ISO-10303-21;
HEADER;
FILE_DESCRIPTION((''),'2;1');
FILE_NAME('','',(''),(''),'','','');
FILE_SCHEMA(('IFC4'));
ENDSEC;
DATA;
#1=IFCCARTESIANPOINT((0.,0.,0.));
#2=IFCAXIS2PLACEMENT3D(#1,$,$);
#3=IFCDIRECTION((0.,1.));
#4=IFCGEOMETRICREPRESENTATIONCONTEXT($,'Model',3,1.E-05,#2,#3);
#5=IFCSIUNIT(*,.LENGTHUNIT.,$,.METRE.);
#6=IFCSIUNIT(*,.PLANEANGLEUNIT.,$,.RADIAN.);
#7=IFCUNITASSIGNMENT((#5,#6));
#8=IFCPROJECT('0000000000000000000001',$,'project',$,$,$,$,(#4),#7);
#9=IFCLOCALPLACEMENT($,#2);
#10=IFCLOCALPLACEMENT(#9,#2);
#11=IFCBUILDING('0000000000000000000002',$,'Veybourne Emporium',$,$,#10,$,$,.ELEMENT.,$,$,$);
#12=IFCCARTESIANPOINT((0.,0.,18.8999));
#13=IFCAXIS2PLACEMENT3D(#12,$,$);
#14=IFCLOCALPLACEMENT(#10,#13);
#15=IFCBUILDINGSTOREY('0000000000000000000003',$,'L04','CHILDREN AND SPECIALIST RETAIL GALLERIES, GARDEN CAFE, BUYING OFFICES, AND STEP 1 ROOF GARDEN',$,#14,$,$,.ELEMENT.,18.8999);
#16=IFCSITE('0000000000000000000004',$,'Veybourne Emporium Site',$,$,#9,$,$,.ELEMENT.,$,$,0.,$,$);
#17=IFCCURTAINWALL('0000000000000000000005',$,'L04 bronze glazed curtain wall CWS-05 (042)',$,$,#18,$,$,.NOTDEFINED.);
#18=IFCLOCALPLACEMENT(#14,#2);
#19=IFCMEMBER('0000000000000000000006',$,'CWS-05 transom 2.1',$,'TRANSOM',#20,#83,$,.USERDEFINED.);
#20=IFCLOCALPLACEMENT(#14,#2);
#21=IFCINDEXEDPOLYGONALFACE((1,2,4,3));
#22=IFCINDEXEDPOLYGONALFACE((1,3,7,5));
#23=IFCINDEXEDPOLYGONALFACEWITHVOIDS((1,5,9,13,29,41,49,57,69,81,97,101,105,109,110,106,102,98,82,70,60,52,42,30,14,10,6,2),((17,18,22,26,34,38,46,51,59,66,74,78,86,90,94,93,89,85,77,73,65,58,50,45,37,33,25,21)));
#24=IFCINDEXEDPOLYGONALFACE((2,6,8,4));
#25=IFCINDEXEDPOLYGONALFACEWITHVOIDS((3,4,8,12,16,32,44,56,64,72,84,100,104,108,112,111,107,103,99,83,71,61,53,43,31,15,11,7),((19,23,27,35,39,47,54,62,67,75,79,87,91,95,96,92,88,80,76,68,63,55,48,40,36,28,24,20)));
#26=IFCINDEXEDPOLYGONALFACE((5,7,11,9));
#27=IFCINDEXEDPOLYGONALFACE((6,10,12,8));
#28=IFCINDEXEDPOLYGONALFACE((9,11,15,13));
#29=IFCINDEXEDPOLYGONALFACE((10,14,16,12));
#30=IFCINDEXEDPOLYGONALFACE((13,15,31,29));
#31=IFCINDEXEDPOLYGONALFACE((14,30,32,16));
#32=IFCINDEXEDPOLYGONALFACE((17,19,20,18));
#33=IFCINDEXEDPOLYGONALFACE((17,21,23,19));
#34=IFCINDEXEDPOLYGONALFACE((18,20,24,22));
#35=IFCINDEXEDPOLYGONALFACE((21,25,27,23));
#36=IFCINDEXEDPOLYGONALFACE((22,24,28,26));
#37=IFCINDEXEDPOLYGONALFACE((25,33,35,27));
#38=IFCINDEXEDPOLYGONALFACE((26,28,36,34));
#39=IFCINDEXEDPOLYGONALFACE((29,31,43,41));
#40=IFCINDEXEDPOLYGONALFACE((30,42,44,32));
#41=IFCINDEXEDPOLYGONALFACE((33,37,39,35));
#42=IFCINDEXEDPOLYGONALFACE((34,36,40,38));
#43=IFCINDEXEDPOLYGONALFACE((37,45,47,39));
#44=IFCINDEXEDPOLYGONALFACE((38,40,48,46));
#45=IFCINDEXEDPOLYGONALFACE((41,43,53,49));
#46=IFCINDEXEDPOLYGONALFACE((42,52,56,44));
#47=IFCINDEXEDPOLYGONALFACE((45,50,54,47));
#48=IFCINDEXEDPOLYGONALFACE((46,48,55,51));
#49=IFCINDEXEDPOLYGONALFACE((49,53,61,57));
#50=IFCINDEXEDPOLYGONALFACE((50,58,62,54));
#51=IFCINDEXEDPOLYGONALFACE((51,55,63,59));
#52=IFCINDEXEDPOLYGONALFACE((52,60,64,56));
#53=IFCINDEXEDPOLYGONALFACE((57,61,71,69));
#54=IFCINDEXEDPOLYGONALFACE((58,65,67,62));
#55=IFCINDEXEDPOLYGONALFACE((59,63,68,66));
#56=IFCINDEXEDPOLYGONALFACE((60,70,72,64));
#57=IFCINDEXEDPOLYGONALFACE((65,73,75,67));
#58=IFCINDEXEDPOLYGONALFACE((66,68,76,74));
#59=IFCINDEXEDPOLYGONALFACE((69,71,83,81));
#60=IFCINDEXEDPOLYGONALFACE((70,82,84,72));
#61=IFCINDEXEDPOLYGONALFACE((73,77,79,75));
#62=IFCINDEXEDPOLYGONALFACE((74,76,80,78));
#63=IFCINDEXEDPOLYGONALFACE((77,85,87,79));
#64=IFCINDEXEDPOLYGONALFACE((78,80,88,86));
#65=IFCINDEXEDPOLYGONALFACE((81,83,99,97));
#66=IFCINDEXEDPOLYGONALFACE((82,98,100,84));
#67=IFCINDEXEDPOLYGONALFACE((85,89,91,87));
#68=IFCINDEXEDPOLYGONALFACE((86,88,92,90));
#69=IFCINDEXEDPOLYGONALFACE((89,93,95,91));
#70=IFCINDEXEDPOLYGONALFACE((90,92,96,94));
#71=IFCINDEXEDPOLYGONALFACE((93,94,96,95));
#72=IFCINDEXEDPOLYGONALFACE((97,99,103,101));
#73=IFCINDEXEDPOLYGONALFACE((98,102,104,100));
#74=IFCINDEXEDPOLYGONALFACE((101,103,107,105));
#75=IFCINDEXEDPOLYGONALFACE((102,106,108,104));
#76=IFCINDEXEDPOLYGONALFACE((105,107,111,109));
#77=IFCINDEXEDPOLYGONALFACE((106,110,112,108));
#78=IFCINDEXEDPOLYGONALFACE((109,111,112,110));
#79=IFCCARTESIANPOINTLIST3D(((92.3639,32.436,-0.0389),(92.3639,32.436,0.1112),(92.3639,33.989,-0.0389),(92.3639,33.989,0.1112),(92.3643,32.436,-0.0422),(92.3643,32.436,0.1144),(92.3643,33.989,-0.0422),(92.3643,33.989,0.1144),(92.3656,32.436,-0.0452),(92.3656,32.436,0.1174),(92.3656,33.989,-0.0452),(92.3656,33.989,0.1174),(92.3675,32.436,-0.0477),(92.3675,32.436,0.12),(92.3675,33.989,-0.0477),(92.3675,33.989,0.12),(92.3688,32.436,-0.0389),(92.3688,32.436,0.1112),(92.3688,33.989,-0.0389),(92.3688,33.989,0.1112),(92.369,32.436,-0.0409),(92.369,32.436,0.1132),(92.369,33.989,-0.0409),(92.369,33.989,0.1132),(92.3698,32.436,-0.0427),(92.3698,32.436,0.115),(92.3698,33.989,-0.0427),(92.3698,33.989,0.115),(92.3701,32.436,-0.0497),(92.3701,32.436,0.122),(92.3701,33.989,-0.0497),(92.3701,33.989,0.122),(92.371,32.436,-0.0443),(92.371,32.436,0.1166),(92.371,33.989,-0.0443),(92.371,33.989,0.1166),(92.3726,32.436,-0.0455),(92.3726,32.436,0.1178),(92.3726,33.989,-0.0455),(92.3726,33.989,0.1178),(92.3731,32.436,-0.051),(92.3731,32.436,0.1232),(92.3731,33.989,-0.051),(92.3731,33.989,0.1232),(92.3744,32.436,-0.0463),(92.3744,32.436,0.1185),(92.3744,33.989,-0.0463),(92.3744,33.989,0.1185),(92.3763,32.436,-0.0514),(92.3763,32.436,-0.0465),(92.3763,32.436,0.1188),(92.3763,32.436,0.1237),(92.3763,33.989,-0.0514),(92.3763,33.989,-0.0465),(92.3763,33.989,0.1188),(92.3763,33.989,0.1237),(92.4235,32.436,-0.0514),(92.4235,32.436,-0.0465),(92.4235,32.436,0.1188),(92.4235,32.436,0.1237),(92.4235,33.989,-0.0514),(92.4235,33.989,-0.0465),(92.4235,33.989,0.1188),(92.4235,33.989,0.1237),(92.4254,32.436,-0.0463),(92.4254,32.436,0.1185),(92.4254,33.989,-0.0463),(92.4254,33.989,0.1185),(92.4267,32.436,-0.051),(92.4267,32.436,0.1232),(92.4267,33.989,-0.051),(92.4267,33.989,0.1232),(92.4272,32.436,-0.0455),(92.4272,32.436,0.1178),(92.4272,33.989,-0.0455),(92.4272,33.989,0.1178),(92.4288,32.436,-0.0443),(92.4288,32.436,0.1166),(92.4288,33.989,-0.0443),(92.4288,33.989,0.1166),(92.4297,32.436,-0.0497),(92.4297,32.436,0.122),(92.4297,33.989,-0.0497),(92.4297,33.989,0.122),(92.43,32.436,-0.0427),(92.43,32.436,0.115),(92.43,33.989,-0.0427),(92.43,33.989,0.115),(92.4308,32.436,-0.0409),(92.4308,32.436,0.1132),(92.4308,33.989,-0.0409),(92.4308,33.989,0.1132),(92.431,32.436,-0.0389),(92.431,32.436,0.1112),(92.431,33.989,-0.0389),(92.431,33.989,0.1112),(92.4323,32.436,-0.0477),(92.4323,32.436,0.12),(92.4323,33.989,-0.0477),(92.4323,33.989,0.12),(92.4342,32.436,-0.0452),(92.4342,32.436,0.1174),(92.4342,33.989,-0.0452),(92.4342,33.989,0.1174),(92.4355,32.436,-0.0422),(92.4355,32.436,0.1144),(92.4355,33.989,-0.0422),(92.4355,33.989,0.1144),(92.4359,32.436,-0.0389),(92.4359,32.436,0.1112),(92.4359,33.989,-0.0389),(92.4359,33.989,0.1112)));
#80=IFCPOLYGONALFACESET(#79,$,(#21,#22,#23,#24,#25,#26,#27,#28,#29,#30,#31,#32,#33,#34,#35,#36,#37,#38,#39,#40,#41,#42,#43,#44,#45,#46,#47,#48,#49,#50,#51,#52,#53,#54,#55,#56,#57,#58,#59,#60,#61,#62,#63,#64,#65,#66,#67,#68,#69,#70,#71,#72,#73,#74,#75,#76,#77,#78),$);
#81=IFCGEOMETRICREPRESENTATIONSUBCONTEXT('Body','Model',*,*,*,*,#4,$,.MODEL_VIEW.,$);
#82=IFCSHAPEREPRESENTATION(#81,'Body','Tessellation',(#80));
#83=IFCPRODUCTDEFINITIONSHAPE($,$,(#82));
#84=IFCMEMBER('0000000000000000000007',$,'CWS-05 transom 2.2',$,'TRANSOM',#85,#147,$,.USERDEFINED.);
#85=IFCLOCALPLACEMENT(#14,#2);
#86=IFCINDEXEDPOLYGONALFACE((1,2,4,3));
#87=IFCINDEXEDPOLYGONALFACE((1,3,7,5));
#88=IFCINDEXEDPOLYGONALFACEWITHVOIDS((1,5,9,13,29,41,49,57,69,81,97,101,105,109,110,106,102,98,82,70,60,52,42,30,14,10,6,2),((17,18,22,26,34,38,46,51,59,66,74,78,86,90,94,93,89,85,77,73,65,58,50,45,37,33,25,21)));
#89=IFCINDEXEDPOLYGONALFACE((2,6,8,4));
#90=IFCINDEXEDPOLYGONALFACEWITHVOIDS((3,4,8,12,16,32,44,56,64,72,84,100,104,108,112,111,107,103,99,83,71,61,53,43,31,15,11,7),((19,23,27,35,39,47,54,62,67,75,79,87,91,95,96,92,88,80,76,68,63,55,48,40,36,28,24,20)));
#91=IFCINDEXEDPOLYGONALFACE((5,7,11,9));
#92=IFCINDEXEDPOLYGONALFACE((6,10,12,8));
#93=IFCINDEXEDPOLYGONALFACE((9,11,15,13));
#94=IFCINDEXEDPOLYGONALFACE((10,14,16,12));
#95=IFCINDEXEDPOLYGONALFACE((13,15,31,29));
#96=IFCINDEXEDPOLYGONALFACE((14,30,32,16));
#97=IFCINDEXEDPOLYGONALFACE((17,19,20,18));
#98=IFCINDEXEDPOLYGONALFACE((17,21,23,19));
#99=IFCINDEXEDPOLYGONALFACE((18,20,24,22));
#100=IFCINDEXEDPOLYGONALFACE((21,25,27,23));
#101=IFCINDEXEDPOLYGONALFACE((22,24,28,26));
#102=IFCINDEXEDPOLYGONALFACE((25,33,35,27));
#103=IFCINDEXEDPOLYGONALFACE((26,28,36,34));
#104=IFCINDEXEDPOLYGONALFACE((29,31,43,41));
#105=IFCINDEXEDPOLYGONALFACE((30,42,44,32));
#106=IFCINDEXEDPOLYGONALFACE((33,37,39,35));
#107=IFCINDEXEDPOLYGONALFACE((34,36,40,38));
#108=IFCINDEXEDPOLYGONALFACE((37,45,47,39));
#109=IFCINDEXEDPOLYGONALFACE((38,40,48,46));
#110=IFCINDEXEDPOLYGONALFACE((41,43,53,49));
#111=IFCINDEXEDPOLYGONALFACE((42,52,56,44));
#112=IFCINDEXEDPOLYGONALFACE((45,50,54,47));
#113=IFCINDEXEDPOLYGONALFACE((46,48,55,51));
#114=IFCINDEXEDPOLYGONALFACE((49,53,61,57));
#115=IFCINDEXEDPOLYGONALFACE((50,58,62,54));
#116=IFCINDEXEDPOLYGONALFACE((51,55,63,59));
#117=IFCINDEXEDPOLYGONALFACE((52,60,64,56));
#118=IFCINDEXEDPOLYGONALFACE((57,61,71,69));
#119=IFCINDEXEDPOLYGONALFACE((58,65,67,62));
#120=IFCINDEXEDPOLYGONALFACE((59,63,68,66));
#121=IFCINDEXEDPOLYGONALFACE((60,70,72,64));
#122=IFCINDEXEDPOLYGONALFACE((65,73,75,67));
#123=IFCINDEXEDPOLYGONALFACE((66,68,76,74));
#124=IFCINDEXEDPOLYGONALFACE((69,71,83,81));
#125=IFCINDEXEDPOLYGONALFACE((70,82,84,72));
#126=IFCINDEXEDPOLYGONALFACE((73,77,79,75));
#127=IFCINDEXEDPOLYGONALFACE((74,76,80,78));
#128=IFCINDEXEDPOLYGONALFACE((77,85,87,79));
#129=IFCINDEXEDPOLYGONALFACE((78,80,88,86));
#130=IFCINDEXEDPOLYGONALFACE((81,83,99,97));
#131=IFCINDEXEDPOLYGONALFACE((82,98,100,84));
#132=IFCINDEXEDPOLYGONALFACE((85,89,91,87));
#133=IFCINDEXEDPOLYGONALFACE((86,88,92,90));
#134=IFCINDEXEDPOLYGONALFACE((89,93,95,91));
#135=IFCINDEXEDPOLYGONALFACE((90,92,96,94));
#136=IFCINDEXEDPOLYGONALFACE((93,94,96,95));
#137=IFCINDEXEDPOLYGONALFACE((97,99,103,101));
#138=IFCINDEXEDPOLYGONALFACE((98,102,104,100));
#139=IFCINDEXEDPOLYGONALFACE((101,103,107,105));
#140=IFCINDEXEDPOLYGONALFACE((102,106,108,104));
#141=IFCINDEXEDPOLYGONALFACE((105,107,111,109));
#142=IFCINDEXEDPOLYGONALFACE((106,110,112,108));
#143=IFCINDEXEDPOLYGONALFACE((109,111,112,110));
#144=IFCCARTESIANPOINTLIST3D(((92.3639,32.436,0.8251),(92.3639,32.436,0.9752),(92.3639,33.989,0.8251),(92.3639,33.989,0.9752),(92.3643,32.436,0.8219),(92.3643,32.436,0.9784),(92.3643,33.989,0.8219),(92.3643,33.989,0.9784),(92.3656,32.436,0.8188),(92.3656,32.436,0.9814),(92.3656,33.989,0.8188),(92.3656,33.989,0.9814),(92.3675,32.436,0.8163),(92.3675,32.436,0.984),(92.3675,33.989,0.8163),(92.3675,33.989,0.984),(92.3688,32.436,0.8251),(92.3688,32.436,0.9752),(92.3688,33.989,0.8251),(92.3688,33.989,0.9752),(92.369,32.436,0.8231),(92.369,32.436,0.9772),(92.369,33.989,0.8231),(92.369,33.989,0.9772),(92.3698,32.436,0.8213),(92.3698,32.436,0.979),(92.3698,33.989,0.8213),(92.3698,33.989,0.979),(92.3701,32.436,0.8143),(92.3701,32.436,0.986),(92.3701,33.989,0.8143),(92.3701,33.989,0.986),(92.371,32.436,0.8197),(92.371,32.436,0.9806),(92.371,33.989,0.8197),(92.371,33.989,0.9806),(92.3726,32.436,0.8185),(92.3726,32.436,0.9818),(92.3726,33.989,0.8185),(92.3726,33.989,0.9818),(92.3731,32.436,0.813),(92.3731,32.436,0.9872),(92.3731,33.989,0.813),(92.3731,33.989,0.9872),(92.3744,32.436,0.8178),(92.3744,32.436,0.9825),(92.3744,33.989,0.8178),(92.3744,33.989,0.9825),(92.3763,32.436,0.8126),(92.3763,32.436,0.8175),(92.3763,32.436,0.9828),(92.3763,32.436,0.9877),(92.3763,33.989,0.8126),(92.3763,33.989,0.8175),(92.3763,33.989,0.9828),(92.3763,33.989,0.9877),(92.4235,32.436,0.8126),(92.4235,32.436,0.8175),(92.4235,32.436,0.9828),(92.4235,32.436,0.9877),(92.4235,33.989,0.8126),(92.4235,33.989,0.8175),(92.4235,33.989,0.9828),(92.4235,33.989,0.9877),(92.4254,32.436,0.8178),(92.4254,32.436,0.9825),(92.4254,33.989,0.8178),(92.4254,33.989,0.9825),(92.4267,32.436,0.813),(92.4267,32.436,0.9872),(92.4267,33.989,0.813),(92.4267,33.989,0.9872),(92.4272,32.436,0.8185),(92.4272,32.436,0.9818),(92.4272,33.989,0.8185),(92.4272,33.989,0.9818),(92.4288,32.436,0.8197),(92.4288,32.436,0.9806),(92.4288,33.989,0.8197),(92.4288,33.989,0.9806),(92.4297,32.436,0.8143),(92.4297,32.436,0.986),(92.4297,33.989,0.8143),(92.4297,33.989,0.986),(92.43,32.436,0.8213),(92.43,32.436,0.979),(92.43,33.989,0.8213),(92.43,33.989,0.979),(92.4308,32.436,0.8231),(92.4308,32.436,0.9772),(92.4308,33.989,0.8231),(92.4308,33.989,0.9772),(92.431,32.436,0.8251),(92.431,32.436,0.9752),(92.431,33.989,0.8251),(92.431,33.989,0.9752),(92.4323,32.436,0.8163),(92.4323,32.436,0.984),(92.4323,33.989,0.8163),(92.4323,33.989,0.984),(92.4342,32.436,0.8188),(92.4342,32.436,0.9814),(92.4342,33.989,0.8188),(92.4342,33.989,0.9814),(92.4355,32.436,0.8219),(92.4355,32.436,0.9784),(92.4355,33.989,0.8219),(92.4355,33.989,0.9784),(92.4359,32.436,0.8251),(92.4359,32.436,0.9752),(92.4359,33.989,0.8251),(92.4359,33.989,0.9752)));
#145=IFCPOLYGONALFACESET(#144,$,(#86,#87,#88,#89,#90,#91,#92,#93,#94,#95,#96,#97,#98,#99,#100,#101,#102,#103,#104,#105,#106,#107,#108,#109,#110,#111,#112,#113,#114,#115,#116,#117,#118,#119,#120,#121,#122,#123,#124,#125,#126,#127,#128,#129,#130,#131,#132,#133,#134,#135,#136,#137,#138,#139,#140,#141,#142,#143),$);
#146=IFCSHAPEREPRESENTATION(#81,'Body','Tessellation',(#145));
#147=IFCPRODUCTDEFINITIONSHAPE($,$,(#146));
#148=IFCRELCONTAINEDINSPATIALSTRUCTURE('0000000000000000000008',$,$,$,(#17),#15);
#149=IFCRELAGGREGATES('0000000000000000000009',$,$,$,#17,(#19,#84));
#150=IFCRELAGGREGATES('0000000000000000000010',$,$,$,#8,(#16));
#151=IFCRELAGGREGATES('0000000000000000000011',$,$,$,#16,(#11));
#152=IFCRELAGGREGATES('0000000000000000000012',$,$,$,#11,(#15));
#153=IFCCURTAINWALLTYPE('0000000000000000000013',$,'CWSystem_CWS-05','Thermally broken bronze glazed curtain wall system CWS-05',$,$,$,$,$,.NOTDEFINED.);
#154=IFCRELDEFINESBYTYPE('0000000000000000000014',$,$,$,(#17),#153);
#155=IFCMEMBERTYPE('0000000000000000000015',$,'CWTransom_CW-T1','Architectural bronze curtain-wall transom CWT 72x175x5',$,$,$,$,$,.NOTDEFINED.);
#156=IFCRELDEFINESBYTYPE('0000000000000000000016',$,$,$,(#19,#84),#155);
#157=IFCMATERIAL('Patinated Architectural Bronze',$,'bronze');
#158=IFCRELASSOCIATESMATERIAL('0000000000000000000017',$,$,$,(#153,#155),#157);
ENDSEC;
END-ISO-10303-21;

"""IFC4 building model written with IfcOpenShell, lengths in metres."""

from ifc_helpers import new_model, si_unit, direction, frame, origin, origin_2d, place, context, subcontext, project, spatial, hollow_rectangle, extrude, material, material_profile, profile_set, type_object, element, aggregate, save


model = new_model("IFC4")

# Units and contexts
model_context = context("Model", 3, precision=1e-05, world=origin(), true_north=direction((0.0, 1.0)))
body_context = subcontext(model_context, "Body", "Model", "MODEL_VIEW")
ifc_project = project(units=[si_unit("LENGTHUNIT", "METRE"), si_unit("PLANEANGLEUNIT", "RADIAN")], contexts=[model_context])

# Site, building, storey
site_placement = place(None, origin())
site = spatial("IfcSite", under=ifc_project, at=site_placement, Name="Veybourne Emporium Site", CompositionType="ELEMENT", RefElevation=0.0)
building_placement = place(site_placement, origin())
building = spatial("IfcBuilding", under=site, at=building_placement, Name="Veybourne Emporium", CompositionType="ELEMENT")
storey_placement = place(building_placement, frame((0.0, 0.0, 18.8999)))
storey = spatial("IfcBuildingStorey", under=building, at=storey_placement, Name="L04", Description="CHILDREN AND SPECIALIST RETAIL GALLERIES, GARDEN CAFE, BUYING OFFICES, AND STEP 1 ROOF GARDEN", CompositionType="ELEMENT", Elevation=18.8999)

# Curtain wall, members
ifc_material_1 = material(Name="Patinated Architectural Bronze", Category="bronze")
curtain_wall_type = type_object("IfcCurtainWallType", Name="CWSystem_CWS-05", Description="Thermally broken bronze glazed curtain wall system CWS-05", PredefinedType="NOTDEFINED", material=ifc_material_1)
curtain_wall_placement = place(storey_placement, origin())
curtain_wall = element("IfcCurtainWall", 1, at=curtain_wall_placement, inside=storey, type_object=curtain_wall_type, Name="L04 bronze glazed curtain wall CWS-05 (042)", PredefinedType="NOTDEFINED")
ifc_material_profile_1 = material_profile(ifc_material_1, hollow_rectangle(XDim=0.072, YDim=0.175, WallThickness=0.0049, InnerFilletRadius=0.0076, OuterFilletRadius=0.0125, at=origin_2d()), Name="CWT 72x175x5")
ifc_profile_set_1 = profile_set([ifc_material_profile_1], Name="Patinated Architectural Bronze")
member_type_1 = type_object("IfcMemberType", Name="CWTransom_CW-T1", Description="Architectural bronze curtain-wall transom CWT 72x175x5", PredefinedType="NOTDEFINED", material=ifc_profile_set_1)
member_1_placement = place(storey_placement, frame((92.3999, 33.989, 0.0361), z_axis=(0.0, -1.0, 0.0), x_axis=(1.0, 0.0, 0.0)))
member_1 = element("IfcMember", 2, at=member_1_placement, type_object=member_type_1, Name="CWS-05 transom 2.1", ObjectType="TRANSOM", PredefinedType="USERDEFINED", context=body_context, shape_type="SweptSolid", body=[
    extrude(hollow_rectangle(XDim=0.072, YDim=0.175, WallThickness=0.0049, InnerFilletRadius=0.0076, OuterFilletRadius=0.0125, at=origin_2d()), origin(), (0.0, 0.0, 1.0), 1.553),
])
member_2_placement = place(storey_placement, frame((92.3999, 33.989, 0.9001), z_axis=(0.0, -1.0, 0.0), x_axis=(1.0, 0.0, 0.0)))
member_2 = element("IfcMember", 3, at=member_2_placement, type_object=member_type_1, Name="CWS-05 transom 2.2", ObjectType="TRANSOM", PredefinedType="USERDEFINED", context=body_context, shape_type="SweptSolid", body=[
    extrude(hollow_rectangle(XDim=0.072, YDim=0.175, WallThickness=0.0049, InnerFilletRadius=0.0076, OuterFilletRadius=0.0125, at=origin_2d()), origin(), (0.0, 0.0, 1.0), 1.553),
])
aggregate(curtain_wall, [member_1, member_2])

save(model, "model.ifc")
